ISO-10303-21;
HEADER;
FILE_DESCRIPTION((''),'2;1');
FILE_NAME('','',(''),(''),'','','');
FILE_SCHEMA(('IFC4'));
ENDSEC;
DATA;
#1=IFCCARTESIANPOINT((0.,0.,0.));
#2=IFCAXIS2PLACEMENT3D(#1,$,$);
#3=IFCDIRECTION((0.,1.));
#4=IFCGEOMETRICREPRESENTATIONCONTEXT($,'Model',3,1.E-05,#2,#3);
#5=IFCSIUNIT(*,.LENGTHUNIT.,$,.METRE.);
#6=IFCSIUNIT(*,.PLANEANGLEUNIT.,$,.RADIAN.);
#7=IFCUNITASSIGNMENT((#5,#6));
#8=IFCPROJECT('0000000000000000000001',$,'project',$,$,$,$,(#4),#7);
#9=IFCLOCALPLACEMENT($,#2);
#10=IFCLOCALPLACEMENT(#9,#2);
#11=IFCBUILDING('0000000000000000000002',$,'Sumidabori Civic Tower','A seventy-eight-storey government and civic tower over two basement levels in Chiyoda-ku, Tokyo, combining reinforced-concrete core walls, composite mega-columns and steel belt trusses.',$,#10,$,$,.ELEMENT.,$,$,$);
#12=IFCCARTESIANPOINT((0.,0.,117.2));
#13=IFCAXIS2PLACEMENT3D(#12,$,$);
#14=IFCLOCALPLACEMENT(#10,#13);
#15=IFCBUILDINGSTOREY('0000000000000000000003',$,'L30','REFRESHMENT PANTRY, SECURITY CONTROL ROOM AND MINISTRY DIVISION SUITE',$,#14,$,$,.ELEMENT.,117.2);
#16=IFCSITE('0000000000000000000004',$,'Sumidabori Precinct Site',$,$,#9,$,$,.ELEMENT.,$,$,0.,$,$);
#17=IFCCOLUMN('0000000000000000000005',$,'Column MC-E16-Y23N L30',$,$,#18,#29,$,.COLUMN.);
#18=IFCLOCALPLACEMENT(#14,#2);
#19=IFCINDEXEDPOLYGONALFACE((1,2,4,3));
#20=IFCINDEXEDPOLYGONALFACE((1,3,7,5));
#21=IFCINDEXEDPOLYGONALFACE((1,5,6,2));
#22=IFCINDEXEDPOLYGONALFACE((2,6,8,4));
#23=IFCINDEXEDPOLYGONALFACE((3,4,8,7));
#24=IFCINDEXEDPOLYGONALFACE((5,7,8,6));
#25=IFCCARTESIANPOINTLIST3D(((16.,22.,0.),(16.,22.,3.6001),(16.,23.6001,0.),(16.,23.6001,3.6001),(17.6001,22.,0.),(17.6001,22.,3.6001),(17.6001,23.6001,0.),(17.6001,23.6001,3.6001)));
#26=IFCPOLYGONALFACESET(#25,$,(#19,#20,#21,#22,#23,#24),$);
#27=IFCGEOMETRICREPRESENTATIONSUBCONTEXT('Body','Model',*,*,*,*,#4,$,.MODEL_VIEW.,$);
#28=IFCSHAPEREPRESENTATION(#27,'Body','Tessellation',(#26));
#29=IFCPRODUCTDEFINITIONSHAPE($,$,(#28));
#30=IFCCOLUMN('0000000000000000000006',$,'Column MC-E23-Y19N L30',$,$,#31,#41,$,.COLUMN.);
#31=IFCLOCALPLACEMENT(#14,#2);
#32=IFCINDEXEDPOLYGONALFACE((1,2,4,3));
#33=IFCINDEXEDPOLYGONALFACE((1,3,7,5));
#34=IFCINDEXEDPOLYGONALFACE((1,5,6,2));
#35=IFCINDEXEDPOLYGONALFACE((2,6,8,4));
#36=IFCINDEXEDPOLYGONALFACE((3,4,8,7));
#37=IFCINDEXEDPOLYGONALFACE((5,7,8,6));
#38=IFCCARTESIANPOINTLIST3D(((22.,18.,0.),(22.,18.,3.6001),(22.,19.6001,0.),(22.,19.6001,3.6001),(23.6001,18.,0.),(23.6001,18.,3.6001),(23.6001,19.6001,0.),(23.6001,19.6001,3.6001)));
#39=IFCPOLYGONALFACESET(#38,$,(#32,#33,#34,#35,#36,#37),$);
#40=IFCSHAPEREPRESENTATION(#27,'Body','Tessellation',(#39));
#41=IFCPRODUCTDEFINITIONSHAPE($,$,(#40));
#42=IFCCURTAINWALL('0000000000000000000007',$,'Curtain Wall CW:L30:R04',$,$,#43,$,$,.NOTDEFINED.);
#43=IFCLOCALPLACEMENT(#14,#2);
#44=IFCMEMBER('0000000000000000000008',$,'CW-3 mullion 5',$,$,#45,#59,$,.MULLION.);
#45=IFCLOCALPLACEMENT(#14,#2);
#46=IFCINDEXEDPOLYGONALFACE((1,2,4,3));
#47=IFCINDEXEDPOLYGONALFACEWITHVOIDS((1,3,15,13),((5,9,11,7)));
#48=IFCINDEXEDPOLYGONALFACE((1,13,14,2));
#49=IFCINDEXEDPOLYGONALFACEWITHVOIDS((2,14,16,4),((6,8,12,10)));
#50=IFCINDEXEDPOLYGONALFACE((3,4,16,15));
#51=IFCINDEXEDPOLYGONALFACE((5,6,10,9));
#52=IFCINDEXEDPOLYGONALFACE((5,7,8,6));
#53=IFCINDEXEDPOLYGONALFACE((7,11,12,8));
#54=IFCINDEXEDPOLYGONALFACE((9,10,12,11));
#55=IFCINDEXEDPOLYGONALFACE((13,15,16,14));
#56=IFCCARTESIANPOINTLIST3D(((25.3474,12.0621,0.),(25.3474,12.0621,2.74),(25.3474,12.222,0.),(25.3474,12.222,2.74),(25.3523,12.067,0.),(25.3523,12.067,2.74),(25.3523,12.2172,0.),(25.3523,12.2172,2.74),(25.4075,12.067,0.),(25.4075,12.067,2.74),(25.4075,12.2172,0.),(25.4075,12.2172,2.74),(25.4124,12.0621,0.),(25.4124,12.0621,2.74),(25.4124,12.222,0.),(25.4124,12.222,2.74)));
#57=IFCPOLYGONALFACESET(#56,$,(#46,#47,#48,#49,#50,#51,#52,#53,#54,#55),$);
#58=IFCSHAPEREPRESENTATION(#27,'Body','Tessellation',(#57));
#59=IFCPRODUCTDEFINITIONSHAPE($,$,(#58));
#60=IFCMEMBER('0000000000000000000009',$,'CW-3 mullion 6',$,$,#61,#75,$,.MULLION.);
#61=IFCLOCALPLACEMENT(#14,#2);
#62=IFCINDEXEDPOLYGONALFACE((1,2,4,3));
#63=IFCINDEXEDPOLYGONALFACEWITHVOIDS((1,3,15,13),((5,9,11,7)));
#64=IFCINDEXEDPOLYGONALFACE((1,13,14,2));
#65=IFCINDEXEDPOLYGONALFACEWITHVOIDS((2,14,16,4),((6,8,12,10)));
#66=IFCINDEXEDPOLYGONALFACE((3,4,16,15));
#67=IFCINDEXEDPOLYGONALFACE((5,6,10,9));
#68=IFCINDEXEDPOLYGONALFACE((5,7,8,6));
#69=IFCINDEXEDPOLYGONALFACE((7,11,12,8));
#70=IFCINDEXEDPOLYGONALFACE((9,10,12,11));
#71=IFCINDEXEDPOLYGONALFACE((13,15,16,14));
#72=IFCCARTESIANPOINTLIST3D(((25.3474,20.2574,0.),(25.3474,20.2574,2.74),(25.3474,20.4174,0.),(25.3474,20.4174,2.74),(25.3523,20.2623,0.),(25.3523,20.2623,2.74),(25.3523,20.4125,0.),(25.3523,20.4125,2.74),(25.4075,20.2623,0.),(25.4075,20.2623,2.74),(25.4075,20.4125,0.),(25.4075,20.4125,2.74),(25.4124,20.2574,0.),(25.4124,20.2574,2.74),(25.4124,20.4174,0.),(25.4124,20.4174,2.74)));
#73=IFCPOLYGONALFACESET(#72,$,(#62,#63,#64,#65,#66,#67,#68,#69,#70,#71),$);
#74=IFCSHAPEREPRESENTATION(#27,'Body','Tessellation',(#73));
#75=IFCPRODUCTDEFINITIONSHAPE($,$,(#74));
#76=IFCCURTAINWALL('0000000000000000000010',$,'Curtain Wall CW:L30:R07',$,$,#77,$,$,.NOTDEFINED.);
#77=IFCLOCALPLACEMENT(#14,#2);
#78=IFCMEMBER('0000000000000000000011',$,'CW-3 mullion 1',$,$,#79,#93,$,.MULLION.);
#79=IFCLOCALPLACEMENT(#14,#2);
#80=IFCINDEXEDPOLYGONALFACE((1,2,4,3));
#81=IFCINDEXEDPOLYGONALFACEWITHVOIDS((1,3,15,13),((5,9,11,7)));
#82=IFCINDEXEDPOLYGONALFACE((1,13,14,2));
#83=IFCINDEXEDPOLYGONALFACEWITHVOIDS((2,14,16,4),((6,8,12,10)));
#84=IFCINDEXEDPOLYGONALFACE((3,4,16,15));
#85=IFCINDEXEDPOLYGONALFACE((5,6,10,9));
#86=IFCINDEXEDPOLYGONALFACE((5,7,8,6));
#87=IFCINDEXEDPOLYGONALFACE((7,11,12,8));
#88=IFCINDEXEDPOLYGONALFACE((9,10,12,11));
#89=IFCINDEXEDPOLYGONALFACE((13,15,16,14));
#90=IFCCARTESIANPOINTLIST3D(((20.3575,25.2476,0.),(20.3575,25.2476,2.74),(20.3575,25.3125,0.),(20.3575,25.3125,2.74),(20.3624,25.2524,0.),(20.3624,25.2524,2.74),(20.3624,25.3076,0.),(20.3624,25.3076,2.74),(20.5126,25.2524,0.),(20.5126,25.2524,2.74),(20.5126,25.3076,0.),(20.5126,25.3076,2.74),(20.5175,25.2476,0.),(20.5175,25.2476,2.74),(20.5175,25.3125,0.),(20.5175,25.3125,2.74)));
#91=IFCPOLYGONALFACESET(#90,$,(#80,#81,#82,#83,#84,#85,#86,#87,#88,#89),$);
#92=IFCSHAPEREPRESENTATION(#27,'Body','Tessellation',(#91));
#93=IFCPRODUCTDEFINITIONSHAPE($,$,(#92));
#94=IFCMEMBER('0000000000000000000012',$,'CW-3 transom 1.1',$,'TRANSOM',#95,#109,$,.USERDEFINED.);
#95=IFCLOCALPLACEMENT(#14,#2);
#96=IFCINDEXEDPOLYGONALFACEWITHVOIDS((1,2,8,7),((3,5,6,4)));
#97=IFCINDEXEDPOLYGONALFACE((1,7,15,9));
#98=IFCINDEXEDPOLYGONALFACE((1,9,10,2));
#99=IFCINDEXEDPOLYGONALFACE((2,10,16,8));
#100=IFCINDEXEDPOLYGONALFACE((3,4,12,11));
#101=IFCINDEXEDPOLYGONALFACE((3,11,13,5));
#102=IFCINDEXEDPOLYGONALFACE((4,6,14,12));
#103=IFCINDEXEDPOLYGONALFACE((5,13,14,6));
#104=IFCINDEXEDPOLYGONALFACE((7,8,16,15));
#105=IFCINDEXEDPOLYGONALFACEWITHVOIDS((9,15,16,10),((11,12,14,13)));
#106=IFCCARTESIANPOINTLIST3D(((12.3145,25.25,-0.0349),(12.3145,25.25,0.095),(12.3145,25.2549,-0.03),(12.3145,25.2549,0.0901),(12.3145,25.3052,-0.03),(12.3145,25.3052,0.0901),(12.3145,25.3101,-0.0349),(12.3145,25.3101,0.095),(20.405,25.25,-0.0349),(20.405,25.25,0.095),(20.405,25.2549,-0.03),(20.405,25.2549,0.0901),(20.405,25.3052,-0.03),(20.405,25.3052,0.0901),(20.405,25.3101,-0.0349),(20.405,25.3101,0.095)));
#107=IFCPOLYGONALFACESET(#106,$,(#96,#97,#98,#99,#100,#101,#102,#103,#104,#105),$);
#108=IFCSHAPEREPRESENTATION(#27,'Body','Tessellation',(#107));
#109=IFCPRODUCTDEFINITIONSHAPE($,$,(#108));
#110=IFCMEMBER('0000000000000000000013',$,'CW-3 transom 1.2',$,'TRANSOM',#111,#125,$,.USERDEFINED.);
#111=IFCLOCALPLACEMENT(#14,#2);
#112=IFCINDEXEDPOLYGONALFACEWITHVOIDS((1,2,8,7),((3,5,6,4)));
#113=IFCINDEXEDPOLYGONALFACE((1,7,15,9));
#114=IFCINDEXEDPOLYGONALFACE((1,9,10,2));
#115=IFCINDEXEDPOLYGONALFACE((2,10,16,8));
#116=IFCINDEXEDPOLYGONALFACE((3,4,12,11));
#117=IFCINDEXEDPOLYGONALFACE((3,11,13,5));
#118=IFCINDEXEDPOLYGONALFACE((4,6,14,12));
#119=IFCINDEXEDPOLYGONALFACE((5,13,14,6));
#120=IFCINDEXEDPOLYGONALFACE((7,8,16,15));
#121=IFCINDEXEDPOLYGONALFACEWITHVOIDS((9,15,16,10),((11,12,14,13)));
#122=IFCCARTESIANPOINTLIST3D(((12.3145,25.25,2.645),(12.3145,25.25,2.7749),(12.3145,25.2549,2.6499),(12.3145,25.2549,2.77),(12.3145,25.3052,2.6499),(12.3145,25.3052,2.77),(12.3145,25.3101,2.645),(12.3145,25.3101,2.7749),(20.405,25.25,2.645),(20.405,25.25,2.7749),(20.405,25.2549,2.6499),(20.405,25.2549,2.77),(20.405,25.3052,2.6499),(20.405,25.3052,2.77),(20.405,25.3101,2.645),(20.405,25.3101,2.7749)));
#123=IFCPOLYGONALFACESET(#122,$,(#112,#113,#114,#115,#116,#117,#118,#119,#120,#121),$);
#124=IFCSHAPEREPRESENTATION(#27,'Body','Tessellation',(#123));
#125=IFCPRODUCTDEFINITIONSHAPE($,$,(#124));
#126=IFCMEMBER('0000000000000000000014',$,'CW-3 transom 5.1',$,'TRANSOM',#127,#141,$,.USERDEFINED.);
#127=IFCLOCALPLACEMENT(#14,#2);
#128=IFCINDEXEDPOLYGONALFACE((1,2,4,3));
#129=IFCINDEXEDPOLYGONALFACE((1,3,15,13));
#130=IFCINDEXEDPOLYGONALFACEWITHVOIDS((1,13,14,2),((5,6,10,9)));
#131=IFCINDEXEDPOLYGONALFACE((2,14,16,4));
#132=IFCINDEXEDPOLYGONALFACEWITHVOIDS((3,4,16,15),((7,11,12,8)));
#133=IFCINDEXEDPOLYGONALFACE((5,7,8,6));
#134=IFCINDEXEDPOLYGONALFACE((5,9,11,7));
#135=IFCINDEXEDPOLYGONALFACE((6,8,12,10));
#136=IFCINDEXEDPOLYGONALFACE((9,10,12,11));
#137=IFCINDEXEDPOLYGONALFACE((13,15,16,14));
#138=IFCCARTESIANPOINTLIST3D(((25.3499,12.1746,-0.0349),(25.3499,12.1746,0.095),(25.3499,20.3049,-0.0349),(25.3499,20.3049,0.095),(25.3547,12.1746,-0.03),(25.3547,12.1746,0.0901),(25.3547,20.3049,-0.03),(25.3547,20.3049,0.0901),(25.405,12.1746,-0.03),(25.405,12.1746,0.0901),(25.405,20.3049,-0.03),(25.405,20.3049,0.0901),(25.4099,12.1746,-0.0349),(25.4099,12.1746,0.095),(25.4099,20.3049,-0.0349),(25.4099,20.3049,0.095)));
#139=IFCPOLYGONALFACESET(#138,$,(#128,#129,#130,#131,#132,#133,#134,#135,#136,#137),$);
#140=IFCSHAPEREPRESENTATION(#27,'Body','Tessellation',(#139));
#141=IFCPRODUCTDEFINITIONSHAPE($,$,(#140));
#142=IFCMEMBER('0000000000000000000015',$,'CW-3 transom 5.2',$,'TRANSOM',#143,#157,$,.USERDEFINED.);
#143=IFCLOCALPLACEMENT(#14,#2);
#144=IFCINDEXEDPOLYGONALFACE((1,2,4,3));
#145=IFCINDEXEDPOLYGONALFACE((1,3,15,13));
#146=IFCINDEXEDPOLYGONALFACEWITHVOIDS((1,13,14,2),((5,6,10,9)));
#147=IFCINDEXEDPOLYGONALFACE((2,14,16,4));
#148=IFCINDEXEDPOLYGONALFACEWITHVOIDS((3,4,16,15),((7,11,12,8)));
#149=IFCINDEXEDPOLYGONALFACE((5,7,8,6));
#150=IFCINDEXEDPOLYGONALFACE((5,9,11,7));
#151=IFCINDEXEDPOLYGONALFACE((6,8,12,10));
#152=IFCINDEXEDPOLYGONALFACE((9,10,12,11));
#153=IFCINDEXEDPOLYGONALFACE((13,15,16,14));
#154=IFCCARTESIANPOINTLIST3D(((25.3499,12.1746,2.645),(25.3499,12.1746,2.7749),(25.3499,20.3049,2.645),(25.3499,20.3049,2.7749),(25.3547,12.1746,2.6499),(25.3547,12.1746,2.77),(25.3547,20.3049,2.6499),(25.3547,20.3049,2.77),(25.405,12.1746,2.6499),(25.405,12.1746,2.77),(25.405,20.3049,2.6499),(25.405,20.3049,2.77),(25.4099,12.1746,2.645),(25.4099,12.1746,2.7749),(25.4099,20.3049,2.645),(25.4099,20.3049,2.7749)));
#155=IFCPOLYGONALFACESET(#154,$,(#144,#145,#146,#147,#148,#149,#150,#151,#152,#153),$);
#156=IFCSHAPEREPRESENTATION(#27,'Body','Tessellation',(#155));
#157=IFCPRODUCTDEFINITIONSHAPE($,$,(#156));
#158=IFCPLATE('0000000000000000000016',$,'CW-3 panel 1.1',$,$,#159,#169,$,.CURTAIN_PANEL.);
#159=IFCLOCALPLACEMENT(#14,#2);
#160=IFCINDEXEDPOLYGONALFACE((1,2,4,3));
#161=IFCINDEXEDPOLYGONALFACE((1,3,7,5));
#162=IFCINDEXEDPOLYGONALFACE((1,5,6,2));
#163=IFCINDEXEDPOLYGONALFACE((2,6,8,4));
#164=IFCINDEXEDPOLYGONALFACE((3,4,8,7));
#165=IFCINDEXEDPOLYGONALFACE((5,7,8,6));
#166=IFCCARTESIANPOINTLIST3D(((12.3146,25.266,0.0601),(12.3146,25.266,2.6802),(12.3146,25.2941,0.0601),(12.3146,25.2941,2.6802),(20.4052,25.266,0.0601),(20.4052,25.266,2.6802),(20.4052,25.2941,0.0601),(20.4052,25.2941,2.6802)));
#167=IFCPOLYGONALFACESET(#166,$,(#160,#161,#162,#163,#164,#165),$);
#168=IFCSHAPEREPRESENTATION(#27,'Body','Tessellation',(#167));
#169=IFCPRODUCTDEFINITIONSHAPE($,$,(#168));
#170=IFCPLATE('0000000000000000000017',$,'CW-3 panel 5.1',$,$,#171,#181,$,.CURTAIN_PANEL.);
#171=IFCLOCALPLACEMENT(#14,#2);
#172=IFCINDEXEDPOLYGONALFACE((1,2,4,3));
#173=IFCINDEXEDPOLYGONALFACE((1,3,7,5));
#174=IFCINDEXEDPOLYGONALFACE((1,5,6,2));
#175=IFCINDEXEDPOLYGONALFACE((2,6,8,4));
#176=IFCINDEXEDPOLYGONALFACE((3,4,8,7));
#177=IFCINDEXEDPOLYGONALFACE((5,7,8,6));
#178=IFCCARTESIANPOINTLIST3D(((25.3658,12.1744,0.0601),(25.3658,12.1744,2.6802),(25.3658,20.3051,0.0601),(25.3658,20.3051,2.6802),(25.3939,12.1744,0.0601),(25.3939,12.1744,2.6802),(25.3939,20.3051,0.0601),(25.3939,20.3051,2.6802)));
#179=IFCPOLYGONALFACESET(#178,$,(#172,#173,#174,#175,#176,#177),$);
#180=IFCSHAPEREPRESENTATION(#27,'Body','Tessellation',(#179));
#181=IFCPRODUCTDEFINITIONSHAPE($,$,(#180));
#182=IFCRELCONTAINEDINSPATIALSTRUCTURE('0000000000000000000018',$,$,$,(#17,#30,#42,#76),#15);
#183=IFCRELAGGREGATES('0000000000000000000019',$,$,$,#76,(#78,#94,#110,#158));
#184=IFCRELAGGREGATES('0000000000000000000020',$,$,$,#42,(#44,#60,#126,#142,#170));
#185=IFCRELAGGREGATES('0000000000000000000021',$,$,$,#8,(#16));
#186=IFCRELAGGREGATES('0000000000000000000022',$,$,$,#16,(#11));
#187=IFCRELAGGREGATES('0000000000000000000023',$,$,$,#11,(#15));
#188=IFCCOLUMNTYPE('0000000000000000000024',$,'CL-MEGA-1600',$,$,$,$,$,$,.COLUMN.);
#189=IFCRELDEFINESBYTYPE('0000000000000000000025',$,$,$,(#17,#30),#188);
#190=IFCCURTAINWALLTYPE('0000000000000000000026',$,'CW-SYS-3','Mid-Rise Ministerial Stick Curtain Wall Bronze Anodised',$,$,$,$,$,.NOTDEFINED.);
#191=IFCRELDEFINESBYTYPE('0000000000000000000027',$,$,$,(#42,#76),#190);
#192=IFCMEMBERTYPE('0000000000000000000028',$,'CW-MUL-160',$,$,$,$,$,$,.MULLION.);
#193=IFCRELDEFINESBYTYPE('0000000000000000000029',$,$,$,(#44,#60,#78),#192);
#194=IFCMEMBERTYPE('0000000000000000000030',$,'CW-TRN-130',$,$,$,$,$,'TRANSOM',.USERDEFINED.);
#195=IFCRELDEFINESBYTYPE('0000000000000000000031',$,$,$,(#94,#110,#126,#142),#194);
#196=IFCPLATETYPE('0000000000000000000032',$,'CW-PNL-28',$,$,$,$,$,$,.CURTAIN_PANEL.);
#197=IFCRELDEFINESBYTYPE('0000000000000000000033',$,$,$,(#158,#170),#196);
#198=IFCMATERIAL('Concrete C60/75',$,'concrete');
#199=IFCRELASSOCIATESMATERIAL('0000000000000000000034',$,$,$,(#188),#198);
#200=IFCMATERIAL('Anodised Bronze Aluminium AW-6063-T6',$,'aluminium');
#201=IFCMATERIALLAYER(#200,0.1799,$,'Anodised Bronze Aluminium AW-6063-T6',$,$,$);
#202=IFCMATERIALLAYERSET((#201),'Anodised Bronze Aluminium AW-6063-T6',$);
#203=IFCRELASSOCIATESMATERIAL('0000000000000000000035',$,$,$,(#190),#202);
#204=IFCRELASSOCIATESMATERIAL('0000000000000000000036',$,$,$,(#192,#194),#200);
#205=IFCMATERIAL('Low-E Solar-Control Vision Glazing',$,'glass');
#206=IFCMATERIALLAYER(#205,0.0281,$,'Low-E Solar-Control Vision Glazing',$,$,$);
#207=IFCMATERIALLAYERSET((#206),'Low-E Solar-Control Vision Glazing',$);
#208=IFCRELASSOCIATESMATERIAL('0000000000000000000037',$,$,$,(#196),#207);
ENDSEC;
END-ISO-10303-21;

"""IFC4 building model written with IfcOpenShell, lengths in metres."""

from ifc_helpers import new_model, si_unit, direction, frame, origin, origin_2d, place, context, subcontext, project, spatial, rectangle, hollow_rectangle, extrude, source, transform, mapped, material, layer, layer_set, material_profile, profile_set, type_object, element, aggregate, save


model = new_model("IFC4")

# Units and contexts
model_context = context("Model", 3, precision=1e-05, world=origin(), true_north=direction((0.0, 1.0)))
body_context = subcontext(model_context, "Body", "Model", "MODEL_VIEW")
ifc_project = project(units=[si_unit("LENGTHUNIT", "METRE"), si_unit("PLANEANGLEUNIT", "RADIAN")], contexts=[model_context])

# Site, building, storey
site_placement = place(None, origin())
site = spatial("IfcSite", under=ifc_project, at=site_placement, Name="Sumidabori Precinct Site", CompositionType="ELEMENT", RefElevation=0.0)
building_placement = place(site_placement, origin())
building = spatial("IfcBuilding", under=site, at=building_placement, Name="Sumidabori Civic Tower", Description="A seventy-eight-storey government and civic tower over two basement levels in Chiyoda-ku, Tokyo, combining reinforced-concrete core walls, composite mega-columns and steel belt trusses.", CompositionType="ELEMENT")
storey_placement = place(building_placement, frame((0.0, 0.0, 117.2)))
storey = spatial("IfcBuildingStorey", under=building, at=storey_placement, Name="L30", Description="REFRESHMENT PANTRY, SECURITY CONTROL ROOM AND MINISTRY DIVISION SUITE", CompositionType="ELEMENT", Elevation=117.2)

# Columns
ifc_material_1 = material(Name="Concrete C60/75", Category="concrete")
ifc_material_profile_1 = material_profile(ifc_material_1, rectangle(XDim=1.6001, YDim=1.6001, at=origin_2d()), Name="RC 1600x1600")
ifc_profile_set_1 = profile_set([ifc_material_profile_1], Name="Concrete C60/75")
column_type = type_object("IfcColumnType", Name="CL-MEGA-1600", PredefinedType="COLUMN", material=ifc_profile_set_1)
shared_shape_1 = source(origin(), body_context, "Body", "SweptSolid", [
    extrude(rectangle(XDim=1.6001, YDim=1.6001, at=origin_2d()), origin(), (0.0, 0.0, 1.0), 3.6001),
])
for number, where, z_axis, x_axis, name in (
    (1, (16.8, 22.8, 0.0), (0.0, 0.0, 1.0), (1.0, 0.0, 0.0), "Column MC-E16-Y23N L30"),
    (2, (22.8, 18.8, 0.0), (0.0, 0.0, 1.0), (1.0, 0.0, 0.0), "Column MC-E23-Y19N L30"),
):
    element("IfcColumn", number, at=place(storey_placement, frame(where, z_axis=z_axis, x_axis=x_axis)), inside=storey, type_object=column_type, Name=name, PredefinedType="COLUMN", context=body_context, shape_type="MappedRepresentation", body=[
        mapped(shared_shape_1, transform((0.0, 0.0, 0.0), x_axis=(1.0, 0.0, 0.0), y_axis=(0.0, 1.0, 0.0), z_axis=(0.0, 0.0, 1.0), scale=1.0)),
    ])

# Curtain walls, members
ifc_material_2 = material(Name="Anodised Bronze Aluminium AW-6063-T6", Category="aluminium")
ifc_layer_1 = layer(ifc_material_2, 0.1799, Name="Anodised Bronze Aluminium AW-6063-T6")
ifc_layer_set_1 = layer_set([ifc_layer_1], Name="Anodised Bronze Aluminium AW-6063-T6")
curtain_wall_type = type_object("IfcCurtainWallType", Name="CW-SYS-3", Description="Mid-Rise Ministerial Stick Curtain Wall Bronze Anodised", PredefinedType="NOTDEFINED", material=ifc_layer_set_1)
curtain_wall_1_placement = place(storey_placement, origin())
curtain_wall_1 = element("IfcCurtainWall", 3, at=curtain_wall_1_placement, inside=storey, type_object=curtain_wall_type, Name="Curtain Wall CW:L30:R04", PredefinedType="NOTDEFINED")
ifc_material_profile_2 = material_profile(ifc_material_2, hollow_rectangle(XDim=0.0649, YDim=0.1599, WallThickness=0.0049, at=origin_2d()), Name="ALU MULLION 160x65")
ifc_profile_set_2 = profile_set([ifc_material_profile_2], Name="Anodised Bronze Aluminium AW-6063-T6")
member_type_1 = type_object("IfcMemberType", Name="CW-MUL-160", PredefinedType="MULLION", material=ifc_profile_set_2)
shared_shape_2 = source(origin(), body_context, "Body", "SweptSolid", [
    extrude(hollow_rectangle(XDim=0.0649, YDim=0.1599, WallThickness=0.0049, at=origin_2d()), origin(), (0.0, 0.0, 1.0), 2.74),
])
member_1_placement = place(storey_placement, frame((25.3799, 12.1421, 0.0), z_axis=(0.0, 0.0, 1.0), x_axis=(-1.0, 0.0, 0.0)))
member_1 = element("IfcMember", 4, at=member_1_placement, type_object=member_type_1, Name="CW-3 mullion 5", PredefinedType="MULLION", context=body_context, shape_type="MappedRepresentation", body=[
    mapped(shared_shape_2, transform((0.0, 0.0, 0.0), x_axis=(1.0, 0.0, 0.0), y_axis=(0.0, 1.0, 0.0), z_axis=(0.0, 0.0, 1.0), scale=1.0)),
])
member_2_placement = place(storey_placement, frame((25.3799, 20.3374, 0.0), z_axis=(0.0, 0.0, 1.0), x_axis=(-1.0, 0.0, 0.0)))
member_2 = element("IfcMember", 5, at=member_2_placement, type_object=member_type_1, Name="CW-3 mullion 6", PredefinedType="MULLION", context=body_context, shape_type="MappedRepresentation", body=[
    mapped(shared_shape_2, transform((0.0, 0.0, 0.0), x_axis=(1.0, 0.0, 0.0), y_axis=(0.0, 1.0, 0.0), z_axis=(0.0, 0.0, 1.0), scale=1.0)),
])
curtain_wall_2_placement = place(storey_placement, origin())
curtain_wall_2 = element("IfcCurtainWall", 6, at=curtain_wall_2_placement, inside=storey, type_object=curtain_wall_type, Name="Curtain Wall CW:L30:R07", PredefinedType="NOTDEFINED")
member_3_placement = place(storey_placement, frame((20.4375, 25.28, 0.0), z_axis=(0.0, 0.0, 1.0), x_axis=(0.0, -1.0, 0.0)))
member_3 = element("IfcMember", 7, at=member_3_placement, type_object=member_type_1, Name="CW-3 mullion 1", PredefinedType="MULLION", context=body_context, shape_type="MappedRepresentation", body=[
    mapped(shared_shape_2, transform((0.0, 0.0, 0.0), x_axis=(1.0, 0.0, 0.0), y_axis=(0.0, 1.0, 0.0), z_axis=(0.0, 0.0, 1.0), scale=1.0)),
])
ifc_material_profile_3 = material_profile(ifc_material_2, hollow_rectangle(XDim=0.0601, YDim=0.1299, WallThickness=0.0049, at=origin_2d()), Name="ALU TRANSOM 130x60")
ifc_profile_set_3 = profile_set([ifc_material_profile_3], Name="Anodised Bronze Aluminium AW-6063-T6")
member_type_2 = type_object("IfcMemberType", Name="CW-TRN-130", ElementType="TRANSOM", PredefinedType="USERDEFINED", material=ifc_profile_set_3)
shared_shape_3 = source(origin(), body_context, "Body", "SweptSolid", [
    extrude(hollow_rectangle(XDim=0.0601, YDim=0.1299, WallThickness=0.0049, at=origin_2d()), origin(), (0.0, 0.0, 1.0), 8.0906),
])
member_4_placement = place(storey_placement, frame((20.405, 25.28, 0.03), z_axis=(-1.0, 0.0, 0.0), x_axis=(0.0, -1.0, 0.0)))
member_4 = element("IfcMember", 8, at=member_4_placement, type_object=member_type_2, Name="CW-3 transom 1.1", ObjectType="TRANSOM", PredefinedType="USERDEFINED", context=body_context, shape_type="MappedRepresentation", body=[
    mapped(shared_shape_3, transform((0.0, 0.0, 0.0), x_axis=(1.0, 0.0, 0.0), y_axis=(0.0, 1.0, 0.0), z_axis=(0.0, 0.0, 1.0), scale=1.0)),
])
member_5_placement = place(storey_placement, frame((20.405, 25.28, 2.71), z_axis=(-1.0, 0.0, 0.0), x_axis=(0.0, -1.0, 0.0)))
member_5 = element("IfcMember", 9, at=member_5_placement, type_object=member_type_2, Name="CW-3 transom 1.2", ObjectType="TRANSOM", PredefinedType="USERDEFINED", context=body_context, shape_type="MappedRepresentation", body=[
    mapped(shared_shape_3, transform((0.0, 0.0, 0.0), x_axis=(1.0, 0.0, 0.0), y_axis=(0.0, 1.0, 0.0), z_axis=(0.0, 0.0, 1.0), scale=1.0)),
])

# Members
shared_shape_4 = source(origin(), body_context, "Body", "SweptSolid", [
    extrude(hollow_rectangle(XDim=0.0601, YDim=0.1299, WallThickness=0.0049, at=origin_2d()), origin(), (0.0, 0.0, 1.0), 8.1304),
])
member_6_placement = place(storey_placement, frame((25.3799, 12.1746, 0.03), z_axis=(0.0, 1.0, 0.0), x_axis=(-1.0, 0.0, 0.0)))
member_6 = element("IfcMember", 10, at=member_6_placement, type_object=member_type_2, Name="CW-3 transom 5.1", ObjectType="TRANSOM", PredefinedType="USERDEFINED", context=body_context, shape_type="MappedRepresentation", body=[
    mapped(shared_shape_4, transform((0.0, 0.0, 0.0), x_axis=(1.0, 0.0, 0.0), y_axis=(0.0, 1.0, 0.0), z_axis=(0.0, 0.0, 1.0), scale=1.0)),
])
member_7_placement = place(storey_placement, frame((25.3799, 12.1746, 2.71), z_axis=(0.0, 1.0, 0.0), x_axis=(-1.0, 0.0, 0.0)))
member_7 = element("IfcMember", 11, at=member_7_placement, type_object=member_type_2, Name="CW-3 transom 5.2", ObjectType="TRANSOM", PredefinedType="USERDEFINED", context=body_context, shape_type="MappedRepresentation", body=[
    mapped(shared_shape_4, transform((0.0, 0.0, 0.0), x_axis=(1.0, 0.0, 0.0), y_axis=(0.0, 1.0, 0.0), z_axis=(0.0, 0.0, 1.0), scale=1.0)),
])

# Plates
ifc_material_3 = material(Name="Low-E Solar-Control Vision Glazing", Category="glass")
ifc_layer_2 = layer(ifc_material_3, 0.0281, Name="Low-E Solar-Control Vision Glazing")
ifc_layer_set_2 = layer_set([ifc_layer_2], Name="Low-E Solar-Control Vision Glazing")
plate_type = type_object("IfcPlateType", Name="CW-PNL-28", PredefinedType="CURTAIN_PANEL", material=ifc_layer_set_2)
shared_shape_5 = source(origin(), body_context, "Body", "SweptSolid", [
    extrude(rectangle(XDim=8.0906, YDim=0.0281, at=origin_2d()), origin(), (0.0, 0.0, 1.0), 2.6201),
])
plate_1_placement = place(storey_placement, frame((16.3599, 25.28, 0.0601), z_axis=(0.0, 0.0, 1.0), x_axis=(-1.0, 0.0, 0.0)))
plate_1 = element("IfcPlate", 12, at=plate_1_placement, type_object=plate_type, Name="CW-3 panel 1.1", PredefinedType="CURTAIN_PANEL", context=body_context, shape_type="MappedRepresentation", body=[
    mapped(shared_shape_5, transform((0.0, 0.0, 0.0), x_axis=(1.0, 0.0, 0.0), y_axis=(0.0, 1.0, 0.0), z_axis=(0.0, 0.0, 1.0), scale=1.0)),
])
aggregate(curtain_wall_2, [member_3, member_4, member_5, plate_1])
shared_shape_6 = source(origin(), body_context, "Body", "SweptSolid", [
    extrude(rectangle(XDim=8.1306, YDim=0.0281, at=origin_2d()), origin(), (0.0, 0.0, 1.0), 2.6201),
])
plate_2_placement = place(storey_placement, frame((25.3799, 16.2397, 0.0601), z_axis=(0.0, 0.0, 1.0), x_axis=(0.0, 1.0, 0.0)))
plate_2 = element("IfcPlate", 13, at=plate_2_placement, type_object=plate_type, Name="CW-3 panel 5.1", PredefinedType="CURTAIN_PANEL", context=body_context, shape_type="MappedRepresentation", body=[
    mapped(shared_shape_6, transform((0.0, 0.0, 0.0), x_axis=(1.0, 0.0, 0.0), y_axis=(0.0, 1.0, 0.0), z_axis=(0.0, 0.0, 1.0), scale=1.0)),
])
aggregate(curtain_wall_1, [member_1, member_2, member_6, member_7, plate_2])

save(model, "model.ifc")
